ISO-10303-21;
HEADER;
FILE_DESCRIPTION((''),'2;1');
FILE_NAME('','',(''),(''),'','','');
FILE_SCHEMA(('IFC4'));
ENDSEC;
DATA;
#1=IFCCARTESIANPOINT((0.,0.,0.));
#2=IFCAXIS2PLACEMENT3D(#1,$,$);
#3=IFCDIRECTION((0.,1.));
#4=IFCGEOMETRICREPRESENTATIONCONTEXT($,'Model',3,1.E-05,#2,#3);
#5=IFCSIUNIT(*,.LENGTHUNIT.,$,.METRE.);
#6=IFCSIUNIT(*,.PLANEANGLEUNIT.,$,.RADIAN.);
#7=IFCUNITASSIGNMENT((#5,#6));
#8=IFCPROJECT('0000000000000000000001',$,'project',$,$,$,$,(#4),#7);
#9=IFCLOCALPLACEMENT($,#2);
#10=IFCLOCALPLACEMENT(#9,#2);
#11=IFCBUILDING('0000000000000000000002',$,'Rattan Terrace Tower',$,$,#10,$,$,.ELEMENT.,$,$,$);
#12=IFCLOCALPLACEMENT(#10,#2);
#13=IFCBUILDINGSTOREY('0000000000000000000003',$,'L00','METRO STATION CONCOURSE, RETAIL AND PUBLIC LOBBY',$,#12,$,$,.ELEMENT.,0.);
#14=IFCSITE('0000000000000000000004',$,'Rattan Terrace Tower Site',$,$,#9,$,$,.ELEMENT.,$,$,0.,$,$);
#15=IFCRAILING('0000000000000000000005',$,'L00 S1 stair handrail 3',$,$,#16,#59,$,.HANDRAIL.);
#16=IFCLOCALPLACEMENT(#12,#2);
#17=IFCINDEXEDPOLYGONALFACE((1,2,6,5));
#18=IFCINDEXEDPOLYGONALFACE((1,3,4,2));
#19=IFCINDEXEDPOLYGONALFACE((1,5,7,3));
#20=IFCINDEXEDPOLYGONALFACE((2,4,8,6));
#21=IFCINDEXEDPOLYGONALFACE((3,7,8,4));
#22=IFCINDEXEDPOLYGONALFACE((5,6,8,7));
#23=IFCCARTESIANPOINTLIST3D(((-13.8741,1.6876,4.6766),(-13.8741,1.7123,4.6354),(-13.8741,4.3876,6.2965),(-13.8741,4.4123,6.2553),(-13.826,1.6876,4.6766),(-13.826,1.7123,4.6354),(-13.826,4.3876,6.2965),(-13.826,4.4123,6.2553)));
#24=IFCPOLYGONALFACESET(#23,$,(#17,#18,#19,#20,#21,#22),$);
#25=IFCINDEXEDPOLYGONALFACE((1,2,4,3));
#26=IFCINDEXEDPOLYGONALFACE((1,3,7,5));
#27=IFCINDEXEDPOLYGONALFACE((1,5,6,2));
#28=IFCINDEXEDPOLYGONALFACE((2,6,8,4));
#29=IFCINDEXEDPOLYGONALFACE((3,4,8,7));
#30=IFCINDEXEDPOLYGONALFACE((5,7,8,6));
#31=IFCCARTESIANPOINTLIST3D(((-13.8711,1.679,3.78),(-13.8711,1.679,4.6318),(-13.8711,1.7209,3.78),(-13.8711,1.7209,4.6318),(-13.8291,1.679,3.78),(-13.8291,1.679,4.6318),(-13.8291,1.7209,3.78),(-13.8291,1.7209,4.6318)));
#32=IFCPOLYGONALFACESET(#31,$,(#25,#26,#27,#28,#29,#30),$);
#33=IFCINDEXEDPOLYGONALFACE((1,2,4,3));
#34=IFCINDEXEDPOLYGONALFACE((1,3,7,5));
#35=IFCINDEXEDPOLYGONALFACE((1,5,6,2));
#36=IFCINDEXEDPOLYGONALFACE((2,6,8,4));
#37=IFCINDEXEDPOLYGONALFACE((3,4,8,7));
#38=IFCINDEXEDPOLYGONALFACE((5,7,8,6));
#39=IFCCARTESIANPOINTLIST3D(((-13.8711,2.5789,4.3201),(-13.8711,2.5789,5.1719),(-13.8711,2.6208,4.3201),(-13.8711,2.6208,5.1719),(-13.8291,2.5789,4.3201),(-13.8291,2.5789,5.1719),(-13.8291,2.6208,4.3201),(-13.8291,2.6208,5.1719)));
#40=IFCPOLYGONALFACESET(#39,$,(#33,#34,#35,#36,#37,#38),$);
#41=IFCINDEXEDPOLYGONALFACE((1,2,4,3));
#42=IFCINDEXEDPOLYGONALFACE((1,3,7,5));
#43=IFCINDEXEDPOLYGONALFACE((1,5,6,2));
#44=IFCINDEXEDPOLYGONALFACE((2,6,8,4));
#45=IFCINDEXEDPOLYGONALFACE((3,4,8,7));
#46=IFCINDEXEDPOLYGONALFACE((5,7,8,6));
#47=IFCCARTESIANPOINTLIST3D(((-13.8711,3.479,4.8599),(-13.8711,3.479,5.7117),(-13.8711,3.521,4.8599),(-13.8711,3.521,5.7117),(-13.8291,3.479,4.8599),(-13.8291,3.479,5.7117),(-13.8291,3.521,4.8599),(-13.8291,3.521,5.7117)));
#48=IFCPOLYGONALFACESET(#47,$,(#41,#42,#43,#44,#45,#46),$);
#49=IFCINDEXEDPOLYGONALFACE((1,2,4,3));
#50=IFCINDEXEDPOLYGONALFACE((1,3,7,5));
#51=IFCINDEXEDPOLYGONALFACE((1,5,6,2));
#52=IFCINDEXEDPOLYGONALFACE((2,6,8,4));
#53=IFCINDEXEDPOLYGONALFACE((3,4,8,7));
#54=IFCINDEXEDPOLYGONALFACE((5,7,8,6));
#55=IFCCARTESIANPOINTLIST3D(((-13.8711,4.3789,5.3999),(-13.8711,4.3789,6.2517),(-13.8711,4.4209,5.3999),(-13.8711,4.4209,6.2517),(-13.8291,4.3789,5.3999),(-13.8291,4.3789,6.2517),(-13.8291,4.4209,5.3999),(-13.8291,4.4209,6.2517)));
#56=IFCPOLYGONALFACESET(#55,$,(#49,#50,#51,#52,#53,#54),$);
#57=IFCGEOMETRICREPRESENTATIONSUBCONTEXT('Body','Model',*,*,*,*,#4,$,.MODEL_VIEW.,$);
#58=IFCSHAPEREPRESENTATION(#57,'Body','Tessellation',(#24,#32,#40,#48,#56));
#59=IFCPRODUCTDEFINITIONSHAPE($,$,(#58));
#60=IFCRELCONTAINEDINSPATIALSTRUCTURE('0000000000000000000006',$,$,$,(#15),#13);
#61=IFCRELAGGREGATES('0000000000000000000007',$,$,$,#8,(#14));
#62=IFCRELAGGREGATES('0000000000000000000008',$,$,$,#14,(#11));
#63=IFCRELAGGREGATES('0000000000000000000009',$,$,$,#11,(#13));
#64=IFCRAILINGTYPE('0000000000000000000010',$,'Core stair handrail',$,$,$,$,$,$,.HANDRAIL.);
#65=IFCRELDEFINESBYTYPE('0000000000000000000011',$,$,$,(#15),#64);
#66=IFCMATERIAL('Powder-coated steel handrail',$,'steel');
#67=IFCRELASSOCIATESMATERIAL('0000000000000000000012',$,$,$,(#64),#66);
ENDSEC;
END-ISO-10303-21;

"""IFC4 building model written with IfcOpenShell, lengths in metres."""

from ifc_helpers import new_model, si_unit, direction, frame, origin, origin_2d, place, context, subcontext, project, spatial, rectangle, extrude, material, type_object, element, save


model = new_model("IFC4")

# Units and contexts
model_context = context("Model", 3, precision=1e-05, world=origin(), true_north=direction((0.0, 1.0)))
body_context = subcontext(model_context, "Body", "Model", "MODEL_VIEW")
ifc_project = project(units=[si_unit("LENGTHUNIT", "METRE"), si_unit("PLANEANGLEUNIT", "RADIAN")], contexts=[model_context])

# Site, building, storey
site_placement = place(None, origin())
site = spatial("IfcSite", under=ifc_project, at=site_placement, Name="Rattan Terrace Tower Site", CompositionType="ELEMENT", RefElevation=0.0)
building_placement = place(site_placement, origin())
building = spatial("IfcBuilding", under=site, at=building_placement, Name="Rattan Terrace Tower", CompositionType="ELEMENT")
storey_placement = place(building_placement, origin())
storey = spatial("IfcBuildingStorey", under=building, at=storey_placement, Name="L00", Description="METRO STATION CONCOURSE, RETAIL AND PUBLIC LOBBY", CompositionType="ELEMENT", Elevation=0.0)

# Railing
ifc_material_1 = material(Name="Powder-coated steel handrail", Category="steel")
railing_type_1 = type_object("IfcRailingType", Name="Core stair handrail", PredefinedType="HANDRAIL", material=ifc_material_1)
railing_1_placement = place(storey_placement, frame((-13.8501, 1.7, 3.78)))
element("IfcRailing", 1, at=railing_1_placement, inside=storey, type_object=railing_type_1, Name="L00 S1 stair handrail 3", PredefinedType="HANDRAIL", context=body_context, shape_type="SweptSolid", body=[
    extrude(rectangle(XDim=0.0481, YDim=0.0481, at=origin_2d()), frame((0.0, 0.0, 0.876), z_axis=(0.0, 0.857507, 0.514473), x_axis=(-1.0, 0.0, 0.0)), (0.0, 0.0, 1.0), 3.1487),
    extrude(rectangle(XDim=0.042, YDim=0.042, at=origin_2d()), origin(), (0.0, 0.0, 1.0), 0.8518),
    extrude(rectangle(XDim=0.042, YDim=0.042, at=origin_2d()), frame((0.0, 0.8999, 0.54)), (0.0, 0.0, 1.0), 0.8518),
    extrude(rectangle(XDim=0.042, YDim=0.042, at=origin_2d()), frame((0.0, 1.8, 1.0798)), (0.0, 0.0, 1.0), 0.8518),
    extrude(rectangle(XDim=0.042, YDim=0.042, at=origin_2d()), frame((0.0, 2.7, 1.6199)), (0.0, 0.0, 1.0), 0.8518),
])

save(model, "model.ifc")
